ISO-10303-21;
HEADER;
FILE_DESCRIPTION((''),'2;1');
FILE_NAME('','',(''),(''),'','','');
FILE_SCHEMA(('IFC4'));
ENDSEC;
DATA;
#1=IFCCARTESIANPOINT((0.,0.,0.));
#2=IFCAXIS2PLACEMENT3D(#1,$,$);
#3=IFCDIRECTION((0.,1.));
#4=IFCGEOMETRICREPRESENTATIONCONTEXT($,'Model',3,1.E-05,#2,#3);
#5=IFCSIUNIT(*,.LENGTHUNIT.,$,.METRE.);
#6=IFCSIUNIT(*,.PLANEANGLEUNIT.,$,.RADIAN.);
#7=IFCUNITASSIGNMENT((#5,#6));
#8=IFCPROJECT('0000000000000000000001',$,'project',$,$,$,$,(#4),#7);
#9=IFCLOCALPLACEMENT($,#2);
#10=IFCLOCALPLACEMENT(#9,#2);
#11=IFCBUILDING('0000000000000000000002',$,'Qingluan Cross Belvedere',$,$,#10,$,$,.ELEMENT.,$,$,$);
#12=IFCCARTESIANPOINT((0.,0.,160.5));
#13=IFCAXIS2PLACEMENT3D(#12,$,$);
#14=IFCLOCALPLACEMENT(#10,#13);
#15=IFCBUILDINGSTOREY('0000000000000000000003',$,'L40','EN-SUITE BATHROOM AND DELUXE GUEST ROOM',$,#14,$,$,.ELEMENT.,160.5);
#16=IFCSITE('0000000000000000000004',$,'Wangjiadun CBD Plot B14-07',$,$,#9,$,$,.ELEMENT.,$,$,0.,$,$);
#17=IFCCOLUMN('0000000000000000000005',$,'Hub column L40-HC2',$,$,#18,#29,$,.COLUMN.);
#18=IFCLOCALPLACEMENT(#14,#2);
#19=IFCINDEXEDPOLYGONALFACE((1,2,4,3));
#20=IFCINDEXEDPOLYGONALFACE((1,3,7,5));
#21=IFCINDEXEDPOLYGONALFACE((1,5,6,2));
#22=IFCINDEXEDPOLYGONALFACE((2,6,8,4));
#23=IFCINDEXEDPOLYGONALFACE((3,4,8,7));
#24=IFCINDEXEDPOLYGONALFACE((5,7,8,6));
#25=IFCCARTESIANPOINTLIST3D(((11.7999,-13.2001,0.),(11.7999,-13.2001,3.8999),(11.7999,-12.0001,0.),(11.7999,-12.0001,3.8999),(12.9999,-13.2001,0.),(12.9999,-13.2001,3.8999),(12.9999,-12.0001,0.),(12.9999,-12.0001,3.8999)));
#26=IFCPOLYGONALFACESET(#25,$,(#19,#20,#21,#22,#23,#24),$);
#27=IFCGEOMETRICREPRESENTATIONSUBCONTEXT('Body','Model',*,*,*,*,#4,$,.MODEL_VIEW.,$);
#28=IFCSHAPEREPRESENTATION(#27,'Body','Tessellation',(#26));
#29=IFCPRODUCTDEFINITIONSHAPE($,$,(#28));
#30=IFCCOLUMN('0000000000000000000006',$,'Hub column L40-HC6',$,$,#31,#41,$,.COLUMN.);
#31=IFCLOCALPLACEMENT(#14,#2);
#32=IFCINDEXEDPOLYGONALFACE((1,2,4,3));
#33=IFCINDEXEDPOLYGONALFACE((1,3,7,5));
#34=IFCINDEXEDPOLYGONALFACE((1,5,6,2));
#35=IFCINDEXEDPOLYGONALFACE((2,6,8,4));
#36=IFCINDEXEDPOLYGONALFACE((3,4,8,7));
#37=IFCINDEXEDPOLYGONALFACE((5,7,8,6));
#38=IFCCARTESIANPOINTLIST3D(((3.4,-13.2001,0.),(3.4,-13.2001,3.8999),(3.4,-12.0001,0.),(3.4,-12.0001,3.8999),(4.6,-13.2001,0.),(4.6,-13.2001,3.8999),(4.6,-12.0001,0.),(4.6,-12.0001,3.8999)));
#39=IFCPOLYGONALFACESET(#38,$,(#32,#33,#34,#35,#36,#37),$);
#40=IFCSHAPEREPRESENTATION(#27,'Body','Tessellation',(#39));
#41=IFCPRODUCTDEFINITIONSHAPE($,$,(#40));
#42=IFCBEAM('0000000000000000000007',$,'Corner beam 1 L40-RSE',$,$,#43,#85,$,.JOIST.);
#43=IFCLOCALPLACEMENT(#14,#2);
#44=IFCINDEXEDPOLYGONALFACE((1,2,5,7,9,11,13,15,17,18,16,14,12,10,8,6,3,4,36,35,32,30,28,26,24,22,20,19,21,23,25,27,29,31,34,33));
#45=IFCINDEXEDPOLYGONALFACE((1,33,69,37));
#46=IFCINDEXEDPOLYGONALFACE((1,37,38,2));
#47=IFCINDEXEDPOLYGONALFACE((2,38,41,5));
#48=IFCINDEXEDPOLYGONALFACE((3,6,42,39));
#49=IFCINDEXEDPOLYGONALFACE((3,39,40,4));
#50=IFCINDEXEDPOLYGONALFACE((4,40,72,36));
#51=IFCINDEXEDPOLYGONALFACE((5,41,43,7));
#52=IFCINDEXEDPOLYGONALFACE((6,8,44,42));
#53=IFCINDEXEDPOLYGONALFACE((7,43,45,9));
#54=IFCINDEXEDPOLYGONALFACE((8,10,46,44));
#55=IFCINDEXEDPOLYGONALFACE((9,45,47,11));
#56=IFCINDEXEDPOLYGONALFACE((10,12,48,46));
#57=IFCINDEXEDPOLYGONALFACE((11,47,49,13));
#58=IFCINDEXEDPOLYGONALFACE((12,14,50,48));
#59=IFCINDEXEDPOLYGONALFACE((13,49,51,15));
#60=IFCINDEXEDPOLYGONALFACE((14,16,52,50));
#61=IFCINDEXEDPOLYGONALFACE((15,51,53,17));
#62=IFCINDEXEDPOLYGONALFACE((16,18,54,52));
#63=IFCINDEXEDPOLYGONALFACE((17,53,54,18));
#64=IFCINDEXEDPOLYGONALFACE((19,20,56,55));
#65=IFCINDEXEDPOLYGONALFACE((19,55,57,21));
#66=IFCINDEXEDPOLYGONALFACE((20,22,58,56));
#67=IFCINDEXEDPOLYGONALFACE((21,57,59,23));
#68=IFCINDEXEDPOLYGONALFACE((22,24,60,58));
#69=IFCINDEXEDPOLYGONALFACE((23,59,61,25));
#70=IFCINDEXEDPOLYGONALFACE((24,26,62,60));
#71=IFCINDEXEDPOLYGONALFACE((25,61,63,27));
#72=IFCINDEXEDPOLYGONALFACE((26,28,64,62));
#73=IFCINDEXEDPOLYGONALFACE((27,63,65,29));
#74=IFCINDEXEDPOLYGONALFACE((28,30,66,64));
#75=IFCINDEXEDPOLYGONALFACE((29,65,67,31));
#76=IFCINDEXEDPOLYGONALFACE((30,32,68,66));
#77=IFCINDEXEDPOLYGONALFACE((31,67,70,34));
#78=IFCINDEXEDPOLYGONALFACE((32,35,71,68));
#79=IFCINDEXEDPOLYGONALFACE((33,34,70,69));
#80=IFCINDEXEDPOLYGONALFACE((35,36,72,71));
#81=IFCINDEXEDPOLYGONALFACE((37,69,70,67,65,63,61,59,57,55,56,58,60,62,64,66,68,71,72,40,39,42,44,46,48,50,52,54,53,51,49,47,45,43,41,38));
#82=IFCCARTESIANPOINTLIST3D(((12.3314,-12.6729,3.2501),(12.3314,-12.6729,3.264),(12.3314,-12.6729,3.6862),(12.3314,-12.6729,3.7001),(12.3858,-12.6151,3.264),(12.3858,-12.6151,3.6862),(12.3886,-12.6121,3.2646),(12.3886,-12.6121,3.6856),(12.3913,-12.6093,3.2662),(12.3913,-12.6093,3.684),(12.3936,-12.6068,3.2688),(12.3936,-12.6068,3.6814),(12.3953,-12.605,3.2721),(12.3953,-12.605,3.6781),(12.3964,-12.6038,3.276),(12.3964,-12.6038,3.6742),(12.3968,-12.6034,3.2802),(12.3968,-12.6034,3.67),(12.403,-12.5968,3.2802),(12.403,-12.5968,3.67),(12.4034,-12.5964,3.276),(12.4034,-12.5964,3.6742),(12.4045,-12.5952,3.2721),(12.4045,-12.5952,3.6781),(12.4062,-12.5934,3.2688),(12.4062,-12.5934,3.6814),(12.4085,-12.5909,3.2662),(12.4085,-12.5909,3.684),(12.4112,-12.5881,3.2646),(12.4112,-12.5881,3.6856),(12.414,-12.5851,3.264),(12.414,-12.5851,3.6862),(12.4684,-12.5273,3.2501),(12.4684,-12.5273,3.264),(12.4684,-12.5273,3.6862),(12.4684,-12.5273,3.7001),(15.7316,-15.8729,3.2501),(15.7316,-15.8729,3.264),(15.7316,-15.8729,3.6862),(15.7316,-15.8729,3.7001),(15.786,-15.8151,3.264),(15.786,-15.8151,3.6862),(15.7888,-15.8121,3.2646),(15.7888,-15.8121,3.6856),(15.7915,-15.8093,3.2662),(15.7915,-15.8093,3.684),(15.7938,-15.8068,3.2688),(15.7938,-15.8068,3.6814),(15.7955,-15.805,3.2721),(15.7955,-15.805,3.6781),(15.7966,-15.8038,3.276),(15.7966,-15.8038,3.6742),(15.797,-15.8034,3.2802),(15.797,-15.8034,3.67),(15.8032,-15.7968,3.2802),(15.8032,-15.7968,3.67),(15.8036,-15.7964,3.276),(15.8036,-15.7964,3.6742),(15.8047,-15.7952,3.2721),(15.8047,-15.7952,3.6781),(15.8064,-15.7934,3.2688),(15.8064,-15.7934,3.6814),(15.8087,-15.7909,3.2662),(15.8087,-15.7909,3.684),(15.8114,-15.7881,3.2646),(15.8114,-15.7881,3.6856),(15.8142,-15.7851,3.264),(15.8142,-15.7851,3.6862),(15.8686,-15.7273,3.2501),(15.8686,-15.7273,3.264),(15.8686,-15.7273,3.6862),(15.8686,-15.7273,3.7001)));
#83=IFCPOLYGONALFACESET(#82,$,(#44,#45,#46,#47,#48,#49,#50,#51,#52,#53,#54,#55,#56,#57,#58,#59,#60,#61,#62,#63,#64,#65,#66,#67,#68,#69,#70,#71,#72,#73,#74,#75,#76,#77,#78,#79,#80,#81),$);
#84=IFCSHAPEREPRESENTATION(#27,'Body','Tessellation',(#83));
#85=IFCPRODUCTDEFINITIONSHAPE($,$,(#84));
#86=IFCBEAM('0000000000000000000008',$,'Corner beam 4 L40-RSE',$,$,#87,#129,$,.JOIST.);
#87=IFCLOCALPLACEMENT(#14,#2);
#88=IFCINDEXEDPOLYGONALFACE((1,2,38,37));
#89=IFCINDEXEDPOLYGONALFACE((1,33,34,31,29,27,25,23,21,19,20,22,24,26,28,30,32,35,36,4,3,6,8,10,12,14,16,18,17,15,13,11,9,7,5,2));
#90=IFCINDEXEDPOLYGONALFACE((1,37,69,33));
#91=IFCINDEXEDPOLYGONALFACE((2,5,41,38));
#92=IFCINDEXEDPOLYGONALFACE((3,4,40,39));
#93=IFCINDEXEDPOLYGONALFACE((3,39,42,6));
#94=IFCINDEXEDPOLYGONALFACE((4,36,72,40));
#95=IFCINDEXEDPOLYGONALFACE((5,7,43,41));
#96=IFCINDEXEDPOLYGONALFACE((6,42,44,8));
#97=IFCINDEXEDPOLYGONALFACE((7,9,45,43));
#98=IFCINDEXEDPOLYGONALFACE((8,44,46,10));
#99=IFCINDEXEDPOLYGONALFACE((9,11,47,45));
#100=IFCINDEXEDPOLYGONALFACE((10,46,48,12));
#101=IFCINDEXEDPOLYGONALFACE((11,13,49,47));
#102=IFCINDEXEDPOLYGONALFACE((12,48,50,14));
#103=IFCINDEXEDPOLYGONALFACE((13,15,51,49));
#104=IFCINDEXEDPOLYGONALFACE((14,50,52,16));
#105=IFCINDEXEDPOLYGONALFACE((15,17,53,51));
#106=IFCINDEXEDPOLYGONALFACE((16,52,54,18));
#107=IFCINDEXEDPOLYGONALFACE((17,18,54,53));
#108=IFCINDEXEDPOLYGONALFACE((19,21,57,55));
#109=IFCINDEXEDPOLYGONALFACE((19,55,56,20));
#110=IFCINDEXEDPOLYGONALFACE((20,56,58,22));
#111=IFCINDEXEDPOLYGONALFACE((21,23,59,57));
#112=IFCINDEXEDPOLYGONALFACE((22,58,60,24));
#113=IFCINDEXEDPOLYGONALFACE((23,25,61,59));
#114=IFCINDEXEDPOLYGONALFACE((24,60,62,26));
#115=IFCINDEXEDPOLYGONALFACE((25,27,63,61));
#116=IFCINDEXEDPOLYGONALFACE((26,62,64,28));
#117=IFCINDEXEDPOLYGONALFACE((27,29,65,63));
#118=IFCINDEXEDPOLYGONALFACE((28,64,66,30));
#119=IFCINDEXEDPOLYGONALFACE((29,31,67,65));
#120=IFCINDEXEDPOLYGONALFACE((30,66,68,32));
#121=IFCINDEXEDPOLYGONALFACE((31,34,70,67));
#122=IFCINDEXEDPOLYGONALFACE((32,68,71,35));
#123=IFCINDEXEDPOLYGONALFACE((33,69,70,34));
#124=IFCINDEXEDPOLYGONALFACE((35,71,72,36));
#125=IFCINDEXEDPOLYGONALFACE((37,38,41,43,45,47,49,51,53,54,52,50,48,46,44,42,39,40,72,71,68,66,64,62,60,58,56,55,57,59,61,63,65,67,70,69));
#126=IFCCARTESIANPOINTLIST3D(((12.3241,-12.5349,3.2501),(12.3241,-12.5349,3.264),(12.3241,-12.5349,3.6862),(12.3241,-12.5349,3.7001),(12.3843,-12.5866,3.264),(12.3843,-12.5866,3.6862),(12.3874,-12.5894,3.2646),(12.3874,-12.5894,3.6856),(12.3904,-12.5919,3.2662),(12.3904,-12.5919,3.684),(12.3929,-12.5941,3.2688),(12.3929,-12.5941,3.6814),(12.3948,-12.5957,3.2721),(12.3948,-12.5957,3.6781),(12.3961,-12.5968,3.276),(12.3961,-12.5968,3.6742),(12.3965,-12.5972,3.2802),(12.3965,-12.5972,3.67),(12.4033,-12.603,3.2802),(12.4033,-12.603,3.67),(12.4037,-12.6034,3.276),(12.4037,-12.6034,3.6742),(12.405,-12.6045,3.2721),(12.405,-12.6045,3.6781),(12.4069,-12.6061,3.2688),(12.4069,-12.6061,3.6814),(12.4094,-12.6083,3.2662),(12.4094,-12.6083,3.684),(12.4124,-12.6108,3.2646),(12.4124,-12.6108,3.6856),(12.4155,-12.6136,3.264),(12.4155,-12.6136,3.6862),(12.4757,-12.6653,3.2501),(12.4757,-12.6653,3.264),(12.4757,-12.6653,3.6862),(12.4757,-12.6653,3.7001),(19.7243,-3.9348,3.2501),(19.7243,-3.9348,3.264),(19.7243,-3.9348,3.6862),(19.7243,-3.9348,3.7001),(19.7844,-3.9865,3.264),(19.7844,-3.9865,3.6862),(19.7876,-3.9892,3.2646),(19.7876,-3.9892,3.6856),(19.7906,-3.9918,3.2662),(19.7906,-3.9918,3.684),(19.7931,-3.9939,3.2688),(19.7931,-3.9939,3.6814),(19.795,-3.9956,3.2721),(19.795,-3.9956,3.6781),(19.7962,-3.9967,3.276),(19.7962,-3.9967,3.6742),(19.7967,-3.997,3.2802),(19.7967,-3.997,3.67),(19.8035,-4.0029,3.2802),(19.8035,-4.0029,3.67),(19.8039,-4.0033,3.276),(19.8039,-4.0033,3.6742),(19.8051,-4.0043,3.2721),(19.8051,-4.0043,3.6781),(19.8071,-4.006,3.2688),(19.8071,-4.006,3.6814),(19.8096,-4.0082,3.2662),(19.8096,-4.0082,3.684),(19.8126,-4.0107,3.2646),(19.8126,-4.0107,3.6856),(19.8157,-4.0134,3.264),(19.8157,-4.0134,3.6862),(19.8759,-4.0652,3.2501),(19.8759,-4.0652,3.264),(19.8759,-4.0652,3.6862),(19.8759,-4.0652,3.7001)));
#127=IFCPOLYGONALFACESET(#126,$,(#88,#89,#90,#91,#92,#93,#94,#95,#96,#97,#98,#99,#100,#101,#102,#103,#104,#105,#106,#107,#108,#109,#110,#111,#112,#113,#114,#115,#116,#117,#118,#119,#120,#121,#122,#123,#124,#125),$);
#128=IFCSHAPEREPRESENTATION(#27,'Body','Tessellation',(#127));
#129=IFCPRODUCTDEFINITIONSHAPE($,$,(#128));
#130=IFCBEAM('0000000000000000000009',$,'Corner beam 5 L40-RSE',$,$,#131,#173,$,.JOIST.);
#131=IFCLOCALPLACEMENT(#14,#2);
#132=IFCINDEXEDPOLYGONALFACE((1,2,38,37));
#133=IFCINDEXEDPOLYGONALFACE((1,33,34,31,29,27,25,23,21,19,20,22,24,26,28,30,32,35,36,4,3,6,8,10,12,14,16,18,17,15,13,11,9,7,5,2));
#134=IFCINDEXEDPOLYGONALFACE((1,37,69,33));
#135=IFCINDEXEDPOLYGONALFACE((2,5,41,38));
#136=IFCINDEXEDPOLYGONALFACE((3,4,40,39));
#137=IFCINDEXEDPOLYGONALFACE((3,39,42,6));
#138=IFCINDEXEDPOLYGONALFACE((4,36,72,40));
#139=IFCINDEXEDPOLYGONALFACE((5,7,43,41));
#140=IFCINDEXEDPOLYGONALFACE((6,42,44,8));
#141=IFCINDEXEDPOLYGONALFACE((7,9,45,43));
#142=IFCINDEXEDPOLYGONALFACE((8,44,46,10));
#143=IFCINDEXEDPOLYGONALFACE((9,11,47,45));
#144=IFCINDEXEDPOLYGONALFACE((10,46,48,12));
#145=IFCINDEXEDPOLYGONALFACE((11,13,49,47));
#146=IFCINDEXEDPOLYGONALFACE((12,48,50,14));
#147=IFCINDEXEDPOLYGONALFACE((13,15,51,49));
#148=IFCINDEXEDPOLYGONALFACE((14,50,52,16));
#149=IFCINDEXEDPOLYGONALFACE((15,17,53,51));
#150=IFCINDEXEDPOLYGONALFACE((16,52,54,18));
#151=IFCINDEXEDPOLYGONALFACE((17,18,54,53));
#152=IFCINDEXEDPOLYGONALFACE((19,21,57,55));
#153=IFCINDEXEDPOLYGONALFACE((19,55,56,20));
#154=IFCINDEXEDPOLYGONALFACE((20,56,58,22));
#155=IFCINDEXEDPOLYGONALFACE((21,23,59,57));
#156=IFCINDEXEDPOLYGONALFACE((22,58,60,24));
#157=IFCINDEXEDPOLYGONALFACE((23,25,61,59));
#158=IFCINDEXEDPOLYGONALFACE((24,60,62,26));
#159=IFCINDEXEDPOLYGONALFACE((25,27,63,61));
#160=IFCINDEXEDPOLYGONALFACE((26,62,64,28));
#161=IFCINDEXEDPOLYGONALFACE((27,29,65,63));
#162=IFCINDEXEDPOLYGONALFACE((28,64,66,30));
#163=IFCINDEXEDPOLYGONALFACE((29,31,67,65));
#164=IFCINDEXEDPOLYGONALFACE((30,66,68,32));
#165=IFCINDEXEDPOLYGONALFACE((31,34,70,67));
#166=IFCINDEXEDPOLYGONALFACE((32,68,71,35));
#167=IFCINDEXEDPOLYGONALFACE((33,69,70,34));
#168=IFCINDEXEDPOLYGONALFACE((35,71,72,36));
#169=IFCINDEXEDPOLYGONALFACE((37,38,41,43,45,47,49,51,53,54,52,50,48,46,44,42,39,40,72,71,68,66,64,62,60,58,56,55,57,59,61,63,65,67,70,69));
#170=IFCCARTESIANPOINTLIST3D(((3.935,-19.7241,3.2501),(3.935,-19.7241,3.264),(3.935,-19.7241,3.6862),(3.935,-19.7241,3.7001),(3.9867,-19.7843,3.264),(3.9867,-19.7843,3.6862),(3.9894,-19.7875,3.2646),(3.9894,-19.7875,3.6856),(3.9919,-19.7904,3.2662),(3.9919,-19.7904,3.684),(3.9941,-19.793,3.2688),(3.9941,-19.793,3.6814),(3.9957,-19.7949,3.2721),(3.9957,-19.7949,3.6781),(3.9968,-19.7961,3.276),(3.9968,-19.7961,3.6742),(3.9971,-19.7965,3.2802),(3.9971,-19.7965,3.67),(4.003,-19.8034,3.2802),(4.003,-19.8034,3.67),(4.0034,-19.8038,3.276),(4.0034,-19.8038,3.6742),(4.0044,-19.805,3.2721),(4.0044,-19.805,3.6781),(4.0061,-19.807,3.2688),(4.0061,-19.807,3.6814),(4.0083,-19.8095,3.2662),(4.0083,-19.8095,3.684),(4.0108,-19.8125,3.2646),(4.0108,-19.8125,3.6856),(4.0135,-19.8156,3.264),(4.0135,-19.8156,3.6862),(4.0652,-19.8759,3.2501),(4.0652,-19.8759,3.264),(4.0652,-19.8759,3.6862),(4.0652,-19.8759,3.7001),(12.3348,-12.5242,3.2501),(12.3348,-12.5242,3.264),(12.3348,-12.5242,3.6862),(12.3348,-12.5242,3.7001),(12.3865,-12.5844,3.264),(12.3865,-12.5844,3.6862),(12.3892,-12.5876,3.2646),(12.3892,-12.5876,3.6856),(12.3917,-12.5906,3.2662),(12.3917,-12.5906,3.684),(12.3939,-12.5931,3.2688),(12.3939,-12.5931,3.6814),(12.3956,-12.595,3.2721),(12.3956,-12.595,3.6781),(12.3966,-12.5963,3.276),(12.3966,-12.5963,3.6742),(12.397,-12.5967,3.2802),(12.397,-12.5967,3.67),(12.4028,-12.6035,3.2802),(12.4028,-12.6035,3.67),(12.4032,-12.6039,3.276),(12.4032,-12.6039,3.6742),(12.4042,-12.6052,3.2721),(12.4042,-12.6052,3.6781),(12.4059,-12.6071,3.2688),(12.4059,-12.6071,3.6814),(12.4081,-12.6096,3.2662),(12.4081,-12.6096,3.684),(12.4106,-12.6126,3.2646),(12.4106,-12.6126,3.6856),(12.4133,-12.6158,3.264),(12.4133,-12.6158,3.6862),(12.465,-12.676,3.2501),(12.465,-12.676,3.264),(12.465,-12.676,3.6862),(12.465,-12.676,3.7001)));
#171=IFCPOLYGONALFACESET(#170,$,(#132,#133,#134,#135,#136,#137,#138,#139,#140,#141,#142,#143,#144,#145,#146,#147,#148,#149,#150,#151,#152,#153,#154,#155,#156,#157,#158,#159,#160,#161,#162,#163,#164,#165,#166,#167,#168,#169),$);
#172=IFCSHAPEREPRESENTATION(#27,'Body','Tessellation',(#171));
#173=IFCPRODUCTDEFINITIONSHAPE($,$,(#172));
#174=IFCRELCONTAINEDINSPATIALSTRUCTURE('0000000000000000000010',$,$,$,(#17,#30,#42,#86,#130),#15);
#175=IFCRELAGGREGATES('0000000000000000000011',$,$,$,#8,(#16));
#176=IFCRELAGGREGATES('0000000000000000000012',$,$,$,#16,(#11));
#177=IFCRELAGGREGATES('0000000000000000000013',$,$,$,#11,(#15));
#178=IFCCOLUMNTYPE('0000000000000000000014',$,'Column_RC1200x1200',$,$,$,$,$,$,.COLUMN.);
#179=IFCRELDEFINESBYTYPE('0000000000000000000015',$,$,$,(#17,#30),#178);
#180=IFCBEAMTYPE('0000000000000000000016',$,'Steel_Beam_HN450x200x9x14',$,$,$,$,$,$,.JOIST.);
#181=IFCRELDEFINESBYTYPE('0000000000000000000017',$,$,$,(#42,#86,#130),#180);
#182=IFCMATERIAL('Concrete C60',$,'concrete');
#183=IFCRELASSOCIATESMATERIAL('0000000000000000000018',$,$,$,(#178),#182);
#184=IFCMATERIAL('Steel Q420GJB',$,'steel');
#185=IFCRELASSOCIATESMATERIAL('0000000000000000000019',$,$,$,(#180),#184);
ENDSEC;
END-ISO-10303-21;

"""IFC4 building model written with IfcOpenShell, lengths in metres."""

from ifc_helpers import new_model, si_unit, direction, frame, origin, origin_2d, place, context, subcontext, project, spatial, rectangle, i_section, extrude, material, material_profile, profile_set, type_object, element, save


model = new_model("IFC4")

# Units and contexts
model_context = context("Model", 3, precision=1e-05, world=origin(), true_north=direction((0.0, 1.0)))
body_context = subcontext(model_context, "Body", "Model", "MODEL_VIEW")
ifc_project = project(units=[si_unit("LENGTHUNIT", "METRE"), si_unit("PLANEANGLEUNIT", "RADIAN")], contexts=[model_context])

# Site, building, storey
site_placement = place(None, origin())
site = spatial("IfcSite", under=ifc_project, at=site_placement, Name="Wangjiadun CBD Plot B14-07", CompositionType="ELEMENT", RefElevation=0.0)
building_placement = place(site_placement, origin())
building = spatial("IfcBuilding", under=site, at=building_placement, Name="Qingluan Cross Belvedere", CompositionType="ELEMENT")
storey_placement = place(building_placement, frame((0.0, 0.0, 160.5)))
storey = spatial("IfcBuildingStorey", under=building, at=storey_placement, Name="L40", Description="EN-SUITE BATHROOM AND DELUXE GUEST ROOM", CompositionType="ELEMENT", Elevation=160.5)

# Columns
ifc_material_1 = material(Name="Concrete C60", Category="concrete")
ifc_material_profile_1 = material_profile(ifc_material_1, rectangle(XDim=1.2, YDim=1.2, at=origin_2d()), Name="RC1200x1200")
ifc_profile_set_1 = profile_set([ifc_material_profile_1], Name="Concrete C60")
column_type = type_object("IfcColumnType", Name="Column_RC1200x1200", PredefinedType="COLUMN", material=ifc_profile_set_1)
for number, where, z_axis, x_axis, name in (
    (1, (12.3999, -12.6001, 0.0), (0.0, 0.0, 1.0), (1.0, 0.0, 0.0), "Hub column L40-HC2"),
    (2, (4.0, -12.6001, 0.0), (0.0, 0.0, 1.0), (1.0, 0.0, 0.0), "Hub column L40-HC6"),
):
    element("IfcColumn", number, at=place(storey_placement, frame(where, z_axis=z_axis, x_axis=x_axis)), inside=storey, type_object=column_type, Name=name, PredefinedType="COLUMN", context=body_context, shape_type="SweptSolid", body=[
        extrude(rectangle(XDim=1.2, YDim=1.2, at=origin_2d()), origin(), (0.0, 0.0, 1.0), 3.8999),
    ])

# Beams
ifc_material_2 = material(Name="Steel Q420GJB", Category="steel")
ifc_material_profile_2 = material_profile(ifc_material_2, i_section(OverallWidth=0.2, OverallDepth=0.45, WebThickness=0.009, FlangeThickness=0.0139, FilletRadius=0.0161, at=origin_2d()), Name="HN450x200x9x14")
ifc_profile_set_2 = profile_set([ifc_material_profile_2], Name="Steel Q420GJB")
beam_type_1 = type_object("IfcBeamType", Name="Steel_Beam_HN450x200x9x14", PredefinedType="JOIST", material=ifc_profile_set_2)
beam_1_placement = place(storey_placement, frame((12.3999, -12.6001, 3.4751), z_axis=(0.72822, -0.685343, 0.0), x_axis=(0.685343, 0.72822, 0.0)))
element("IfcBeam", 3, at=beam_1_placement, inside=storey, type_object=beam_type_1, Name="Corner beam 1 L40-RSE", PredefinedType="JOIST", context=body_context, shape_type="SweptSolid", body=[
    extrude(i_section(OverallWidth=0.2, OverallDepth=0.45, WebThickness=0.009, FlangeThickness=0.0139, FilletRadius=0.0161, at=origin_2d()), origin(), (0.0, 0.0, 1.0), 4.6692),
])
beam_2_placement = place(storey_placement, frame((12.3999, -12.6001, 3.4751), z_axis=(0.652245, 0.758008, 0.0), x_axis=(-0.758008, 0.652245, 0.0)))
element("IfcBeam", 4, at=beam_2_placement, inside=storey, type_object=beam_type_1, Name="Corner beam 4 L40-RSE", PredefinedType="JOIST", context=body_context, shape_type="SweptSolid", body=[
    extrude(i_section(OverallWidth=0.2, OverallDepth=0.45, WebThickness=0.009, FlangeThickness=0.0139, FilletRadius=0.0161, at=origin_2d()), origin(), (0.0, 0.0, 1.0), 11.3457),
])
beam_3_placement = place(storey_placement, frame((12.3999, -12.6001, 3.4751), z_axis=(-0.759255, -0.650793, 0.0), x_axis=(0.650793, -0.759255, 0.0)))
element("IfcBeam", 5, at=beam_3_placement, inside=storey, type_object=beam_type_1, Name="Corner beam 5 L40-RSE", PredefinedType="JOIST", context=body_context, shape_type="SweptSolid", body=[
    extrude(i_section(OverallWidth=0.2, OverallDepth=0.45, WebThickness=0.009, FlangeThickness=0.0139, FilletRadius=0.0161, at=origin_2d()), origin(), (0.0, 0.0, 1.0), 11.0632),
])

save(model, "model.ifc")
